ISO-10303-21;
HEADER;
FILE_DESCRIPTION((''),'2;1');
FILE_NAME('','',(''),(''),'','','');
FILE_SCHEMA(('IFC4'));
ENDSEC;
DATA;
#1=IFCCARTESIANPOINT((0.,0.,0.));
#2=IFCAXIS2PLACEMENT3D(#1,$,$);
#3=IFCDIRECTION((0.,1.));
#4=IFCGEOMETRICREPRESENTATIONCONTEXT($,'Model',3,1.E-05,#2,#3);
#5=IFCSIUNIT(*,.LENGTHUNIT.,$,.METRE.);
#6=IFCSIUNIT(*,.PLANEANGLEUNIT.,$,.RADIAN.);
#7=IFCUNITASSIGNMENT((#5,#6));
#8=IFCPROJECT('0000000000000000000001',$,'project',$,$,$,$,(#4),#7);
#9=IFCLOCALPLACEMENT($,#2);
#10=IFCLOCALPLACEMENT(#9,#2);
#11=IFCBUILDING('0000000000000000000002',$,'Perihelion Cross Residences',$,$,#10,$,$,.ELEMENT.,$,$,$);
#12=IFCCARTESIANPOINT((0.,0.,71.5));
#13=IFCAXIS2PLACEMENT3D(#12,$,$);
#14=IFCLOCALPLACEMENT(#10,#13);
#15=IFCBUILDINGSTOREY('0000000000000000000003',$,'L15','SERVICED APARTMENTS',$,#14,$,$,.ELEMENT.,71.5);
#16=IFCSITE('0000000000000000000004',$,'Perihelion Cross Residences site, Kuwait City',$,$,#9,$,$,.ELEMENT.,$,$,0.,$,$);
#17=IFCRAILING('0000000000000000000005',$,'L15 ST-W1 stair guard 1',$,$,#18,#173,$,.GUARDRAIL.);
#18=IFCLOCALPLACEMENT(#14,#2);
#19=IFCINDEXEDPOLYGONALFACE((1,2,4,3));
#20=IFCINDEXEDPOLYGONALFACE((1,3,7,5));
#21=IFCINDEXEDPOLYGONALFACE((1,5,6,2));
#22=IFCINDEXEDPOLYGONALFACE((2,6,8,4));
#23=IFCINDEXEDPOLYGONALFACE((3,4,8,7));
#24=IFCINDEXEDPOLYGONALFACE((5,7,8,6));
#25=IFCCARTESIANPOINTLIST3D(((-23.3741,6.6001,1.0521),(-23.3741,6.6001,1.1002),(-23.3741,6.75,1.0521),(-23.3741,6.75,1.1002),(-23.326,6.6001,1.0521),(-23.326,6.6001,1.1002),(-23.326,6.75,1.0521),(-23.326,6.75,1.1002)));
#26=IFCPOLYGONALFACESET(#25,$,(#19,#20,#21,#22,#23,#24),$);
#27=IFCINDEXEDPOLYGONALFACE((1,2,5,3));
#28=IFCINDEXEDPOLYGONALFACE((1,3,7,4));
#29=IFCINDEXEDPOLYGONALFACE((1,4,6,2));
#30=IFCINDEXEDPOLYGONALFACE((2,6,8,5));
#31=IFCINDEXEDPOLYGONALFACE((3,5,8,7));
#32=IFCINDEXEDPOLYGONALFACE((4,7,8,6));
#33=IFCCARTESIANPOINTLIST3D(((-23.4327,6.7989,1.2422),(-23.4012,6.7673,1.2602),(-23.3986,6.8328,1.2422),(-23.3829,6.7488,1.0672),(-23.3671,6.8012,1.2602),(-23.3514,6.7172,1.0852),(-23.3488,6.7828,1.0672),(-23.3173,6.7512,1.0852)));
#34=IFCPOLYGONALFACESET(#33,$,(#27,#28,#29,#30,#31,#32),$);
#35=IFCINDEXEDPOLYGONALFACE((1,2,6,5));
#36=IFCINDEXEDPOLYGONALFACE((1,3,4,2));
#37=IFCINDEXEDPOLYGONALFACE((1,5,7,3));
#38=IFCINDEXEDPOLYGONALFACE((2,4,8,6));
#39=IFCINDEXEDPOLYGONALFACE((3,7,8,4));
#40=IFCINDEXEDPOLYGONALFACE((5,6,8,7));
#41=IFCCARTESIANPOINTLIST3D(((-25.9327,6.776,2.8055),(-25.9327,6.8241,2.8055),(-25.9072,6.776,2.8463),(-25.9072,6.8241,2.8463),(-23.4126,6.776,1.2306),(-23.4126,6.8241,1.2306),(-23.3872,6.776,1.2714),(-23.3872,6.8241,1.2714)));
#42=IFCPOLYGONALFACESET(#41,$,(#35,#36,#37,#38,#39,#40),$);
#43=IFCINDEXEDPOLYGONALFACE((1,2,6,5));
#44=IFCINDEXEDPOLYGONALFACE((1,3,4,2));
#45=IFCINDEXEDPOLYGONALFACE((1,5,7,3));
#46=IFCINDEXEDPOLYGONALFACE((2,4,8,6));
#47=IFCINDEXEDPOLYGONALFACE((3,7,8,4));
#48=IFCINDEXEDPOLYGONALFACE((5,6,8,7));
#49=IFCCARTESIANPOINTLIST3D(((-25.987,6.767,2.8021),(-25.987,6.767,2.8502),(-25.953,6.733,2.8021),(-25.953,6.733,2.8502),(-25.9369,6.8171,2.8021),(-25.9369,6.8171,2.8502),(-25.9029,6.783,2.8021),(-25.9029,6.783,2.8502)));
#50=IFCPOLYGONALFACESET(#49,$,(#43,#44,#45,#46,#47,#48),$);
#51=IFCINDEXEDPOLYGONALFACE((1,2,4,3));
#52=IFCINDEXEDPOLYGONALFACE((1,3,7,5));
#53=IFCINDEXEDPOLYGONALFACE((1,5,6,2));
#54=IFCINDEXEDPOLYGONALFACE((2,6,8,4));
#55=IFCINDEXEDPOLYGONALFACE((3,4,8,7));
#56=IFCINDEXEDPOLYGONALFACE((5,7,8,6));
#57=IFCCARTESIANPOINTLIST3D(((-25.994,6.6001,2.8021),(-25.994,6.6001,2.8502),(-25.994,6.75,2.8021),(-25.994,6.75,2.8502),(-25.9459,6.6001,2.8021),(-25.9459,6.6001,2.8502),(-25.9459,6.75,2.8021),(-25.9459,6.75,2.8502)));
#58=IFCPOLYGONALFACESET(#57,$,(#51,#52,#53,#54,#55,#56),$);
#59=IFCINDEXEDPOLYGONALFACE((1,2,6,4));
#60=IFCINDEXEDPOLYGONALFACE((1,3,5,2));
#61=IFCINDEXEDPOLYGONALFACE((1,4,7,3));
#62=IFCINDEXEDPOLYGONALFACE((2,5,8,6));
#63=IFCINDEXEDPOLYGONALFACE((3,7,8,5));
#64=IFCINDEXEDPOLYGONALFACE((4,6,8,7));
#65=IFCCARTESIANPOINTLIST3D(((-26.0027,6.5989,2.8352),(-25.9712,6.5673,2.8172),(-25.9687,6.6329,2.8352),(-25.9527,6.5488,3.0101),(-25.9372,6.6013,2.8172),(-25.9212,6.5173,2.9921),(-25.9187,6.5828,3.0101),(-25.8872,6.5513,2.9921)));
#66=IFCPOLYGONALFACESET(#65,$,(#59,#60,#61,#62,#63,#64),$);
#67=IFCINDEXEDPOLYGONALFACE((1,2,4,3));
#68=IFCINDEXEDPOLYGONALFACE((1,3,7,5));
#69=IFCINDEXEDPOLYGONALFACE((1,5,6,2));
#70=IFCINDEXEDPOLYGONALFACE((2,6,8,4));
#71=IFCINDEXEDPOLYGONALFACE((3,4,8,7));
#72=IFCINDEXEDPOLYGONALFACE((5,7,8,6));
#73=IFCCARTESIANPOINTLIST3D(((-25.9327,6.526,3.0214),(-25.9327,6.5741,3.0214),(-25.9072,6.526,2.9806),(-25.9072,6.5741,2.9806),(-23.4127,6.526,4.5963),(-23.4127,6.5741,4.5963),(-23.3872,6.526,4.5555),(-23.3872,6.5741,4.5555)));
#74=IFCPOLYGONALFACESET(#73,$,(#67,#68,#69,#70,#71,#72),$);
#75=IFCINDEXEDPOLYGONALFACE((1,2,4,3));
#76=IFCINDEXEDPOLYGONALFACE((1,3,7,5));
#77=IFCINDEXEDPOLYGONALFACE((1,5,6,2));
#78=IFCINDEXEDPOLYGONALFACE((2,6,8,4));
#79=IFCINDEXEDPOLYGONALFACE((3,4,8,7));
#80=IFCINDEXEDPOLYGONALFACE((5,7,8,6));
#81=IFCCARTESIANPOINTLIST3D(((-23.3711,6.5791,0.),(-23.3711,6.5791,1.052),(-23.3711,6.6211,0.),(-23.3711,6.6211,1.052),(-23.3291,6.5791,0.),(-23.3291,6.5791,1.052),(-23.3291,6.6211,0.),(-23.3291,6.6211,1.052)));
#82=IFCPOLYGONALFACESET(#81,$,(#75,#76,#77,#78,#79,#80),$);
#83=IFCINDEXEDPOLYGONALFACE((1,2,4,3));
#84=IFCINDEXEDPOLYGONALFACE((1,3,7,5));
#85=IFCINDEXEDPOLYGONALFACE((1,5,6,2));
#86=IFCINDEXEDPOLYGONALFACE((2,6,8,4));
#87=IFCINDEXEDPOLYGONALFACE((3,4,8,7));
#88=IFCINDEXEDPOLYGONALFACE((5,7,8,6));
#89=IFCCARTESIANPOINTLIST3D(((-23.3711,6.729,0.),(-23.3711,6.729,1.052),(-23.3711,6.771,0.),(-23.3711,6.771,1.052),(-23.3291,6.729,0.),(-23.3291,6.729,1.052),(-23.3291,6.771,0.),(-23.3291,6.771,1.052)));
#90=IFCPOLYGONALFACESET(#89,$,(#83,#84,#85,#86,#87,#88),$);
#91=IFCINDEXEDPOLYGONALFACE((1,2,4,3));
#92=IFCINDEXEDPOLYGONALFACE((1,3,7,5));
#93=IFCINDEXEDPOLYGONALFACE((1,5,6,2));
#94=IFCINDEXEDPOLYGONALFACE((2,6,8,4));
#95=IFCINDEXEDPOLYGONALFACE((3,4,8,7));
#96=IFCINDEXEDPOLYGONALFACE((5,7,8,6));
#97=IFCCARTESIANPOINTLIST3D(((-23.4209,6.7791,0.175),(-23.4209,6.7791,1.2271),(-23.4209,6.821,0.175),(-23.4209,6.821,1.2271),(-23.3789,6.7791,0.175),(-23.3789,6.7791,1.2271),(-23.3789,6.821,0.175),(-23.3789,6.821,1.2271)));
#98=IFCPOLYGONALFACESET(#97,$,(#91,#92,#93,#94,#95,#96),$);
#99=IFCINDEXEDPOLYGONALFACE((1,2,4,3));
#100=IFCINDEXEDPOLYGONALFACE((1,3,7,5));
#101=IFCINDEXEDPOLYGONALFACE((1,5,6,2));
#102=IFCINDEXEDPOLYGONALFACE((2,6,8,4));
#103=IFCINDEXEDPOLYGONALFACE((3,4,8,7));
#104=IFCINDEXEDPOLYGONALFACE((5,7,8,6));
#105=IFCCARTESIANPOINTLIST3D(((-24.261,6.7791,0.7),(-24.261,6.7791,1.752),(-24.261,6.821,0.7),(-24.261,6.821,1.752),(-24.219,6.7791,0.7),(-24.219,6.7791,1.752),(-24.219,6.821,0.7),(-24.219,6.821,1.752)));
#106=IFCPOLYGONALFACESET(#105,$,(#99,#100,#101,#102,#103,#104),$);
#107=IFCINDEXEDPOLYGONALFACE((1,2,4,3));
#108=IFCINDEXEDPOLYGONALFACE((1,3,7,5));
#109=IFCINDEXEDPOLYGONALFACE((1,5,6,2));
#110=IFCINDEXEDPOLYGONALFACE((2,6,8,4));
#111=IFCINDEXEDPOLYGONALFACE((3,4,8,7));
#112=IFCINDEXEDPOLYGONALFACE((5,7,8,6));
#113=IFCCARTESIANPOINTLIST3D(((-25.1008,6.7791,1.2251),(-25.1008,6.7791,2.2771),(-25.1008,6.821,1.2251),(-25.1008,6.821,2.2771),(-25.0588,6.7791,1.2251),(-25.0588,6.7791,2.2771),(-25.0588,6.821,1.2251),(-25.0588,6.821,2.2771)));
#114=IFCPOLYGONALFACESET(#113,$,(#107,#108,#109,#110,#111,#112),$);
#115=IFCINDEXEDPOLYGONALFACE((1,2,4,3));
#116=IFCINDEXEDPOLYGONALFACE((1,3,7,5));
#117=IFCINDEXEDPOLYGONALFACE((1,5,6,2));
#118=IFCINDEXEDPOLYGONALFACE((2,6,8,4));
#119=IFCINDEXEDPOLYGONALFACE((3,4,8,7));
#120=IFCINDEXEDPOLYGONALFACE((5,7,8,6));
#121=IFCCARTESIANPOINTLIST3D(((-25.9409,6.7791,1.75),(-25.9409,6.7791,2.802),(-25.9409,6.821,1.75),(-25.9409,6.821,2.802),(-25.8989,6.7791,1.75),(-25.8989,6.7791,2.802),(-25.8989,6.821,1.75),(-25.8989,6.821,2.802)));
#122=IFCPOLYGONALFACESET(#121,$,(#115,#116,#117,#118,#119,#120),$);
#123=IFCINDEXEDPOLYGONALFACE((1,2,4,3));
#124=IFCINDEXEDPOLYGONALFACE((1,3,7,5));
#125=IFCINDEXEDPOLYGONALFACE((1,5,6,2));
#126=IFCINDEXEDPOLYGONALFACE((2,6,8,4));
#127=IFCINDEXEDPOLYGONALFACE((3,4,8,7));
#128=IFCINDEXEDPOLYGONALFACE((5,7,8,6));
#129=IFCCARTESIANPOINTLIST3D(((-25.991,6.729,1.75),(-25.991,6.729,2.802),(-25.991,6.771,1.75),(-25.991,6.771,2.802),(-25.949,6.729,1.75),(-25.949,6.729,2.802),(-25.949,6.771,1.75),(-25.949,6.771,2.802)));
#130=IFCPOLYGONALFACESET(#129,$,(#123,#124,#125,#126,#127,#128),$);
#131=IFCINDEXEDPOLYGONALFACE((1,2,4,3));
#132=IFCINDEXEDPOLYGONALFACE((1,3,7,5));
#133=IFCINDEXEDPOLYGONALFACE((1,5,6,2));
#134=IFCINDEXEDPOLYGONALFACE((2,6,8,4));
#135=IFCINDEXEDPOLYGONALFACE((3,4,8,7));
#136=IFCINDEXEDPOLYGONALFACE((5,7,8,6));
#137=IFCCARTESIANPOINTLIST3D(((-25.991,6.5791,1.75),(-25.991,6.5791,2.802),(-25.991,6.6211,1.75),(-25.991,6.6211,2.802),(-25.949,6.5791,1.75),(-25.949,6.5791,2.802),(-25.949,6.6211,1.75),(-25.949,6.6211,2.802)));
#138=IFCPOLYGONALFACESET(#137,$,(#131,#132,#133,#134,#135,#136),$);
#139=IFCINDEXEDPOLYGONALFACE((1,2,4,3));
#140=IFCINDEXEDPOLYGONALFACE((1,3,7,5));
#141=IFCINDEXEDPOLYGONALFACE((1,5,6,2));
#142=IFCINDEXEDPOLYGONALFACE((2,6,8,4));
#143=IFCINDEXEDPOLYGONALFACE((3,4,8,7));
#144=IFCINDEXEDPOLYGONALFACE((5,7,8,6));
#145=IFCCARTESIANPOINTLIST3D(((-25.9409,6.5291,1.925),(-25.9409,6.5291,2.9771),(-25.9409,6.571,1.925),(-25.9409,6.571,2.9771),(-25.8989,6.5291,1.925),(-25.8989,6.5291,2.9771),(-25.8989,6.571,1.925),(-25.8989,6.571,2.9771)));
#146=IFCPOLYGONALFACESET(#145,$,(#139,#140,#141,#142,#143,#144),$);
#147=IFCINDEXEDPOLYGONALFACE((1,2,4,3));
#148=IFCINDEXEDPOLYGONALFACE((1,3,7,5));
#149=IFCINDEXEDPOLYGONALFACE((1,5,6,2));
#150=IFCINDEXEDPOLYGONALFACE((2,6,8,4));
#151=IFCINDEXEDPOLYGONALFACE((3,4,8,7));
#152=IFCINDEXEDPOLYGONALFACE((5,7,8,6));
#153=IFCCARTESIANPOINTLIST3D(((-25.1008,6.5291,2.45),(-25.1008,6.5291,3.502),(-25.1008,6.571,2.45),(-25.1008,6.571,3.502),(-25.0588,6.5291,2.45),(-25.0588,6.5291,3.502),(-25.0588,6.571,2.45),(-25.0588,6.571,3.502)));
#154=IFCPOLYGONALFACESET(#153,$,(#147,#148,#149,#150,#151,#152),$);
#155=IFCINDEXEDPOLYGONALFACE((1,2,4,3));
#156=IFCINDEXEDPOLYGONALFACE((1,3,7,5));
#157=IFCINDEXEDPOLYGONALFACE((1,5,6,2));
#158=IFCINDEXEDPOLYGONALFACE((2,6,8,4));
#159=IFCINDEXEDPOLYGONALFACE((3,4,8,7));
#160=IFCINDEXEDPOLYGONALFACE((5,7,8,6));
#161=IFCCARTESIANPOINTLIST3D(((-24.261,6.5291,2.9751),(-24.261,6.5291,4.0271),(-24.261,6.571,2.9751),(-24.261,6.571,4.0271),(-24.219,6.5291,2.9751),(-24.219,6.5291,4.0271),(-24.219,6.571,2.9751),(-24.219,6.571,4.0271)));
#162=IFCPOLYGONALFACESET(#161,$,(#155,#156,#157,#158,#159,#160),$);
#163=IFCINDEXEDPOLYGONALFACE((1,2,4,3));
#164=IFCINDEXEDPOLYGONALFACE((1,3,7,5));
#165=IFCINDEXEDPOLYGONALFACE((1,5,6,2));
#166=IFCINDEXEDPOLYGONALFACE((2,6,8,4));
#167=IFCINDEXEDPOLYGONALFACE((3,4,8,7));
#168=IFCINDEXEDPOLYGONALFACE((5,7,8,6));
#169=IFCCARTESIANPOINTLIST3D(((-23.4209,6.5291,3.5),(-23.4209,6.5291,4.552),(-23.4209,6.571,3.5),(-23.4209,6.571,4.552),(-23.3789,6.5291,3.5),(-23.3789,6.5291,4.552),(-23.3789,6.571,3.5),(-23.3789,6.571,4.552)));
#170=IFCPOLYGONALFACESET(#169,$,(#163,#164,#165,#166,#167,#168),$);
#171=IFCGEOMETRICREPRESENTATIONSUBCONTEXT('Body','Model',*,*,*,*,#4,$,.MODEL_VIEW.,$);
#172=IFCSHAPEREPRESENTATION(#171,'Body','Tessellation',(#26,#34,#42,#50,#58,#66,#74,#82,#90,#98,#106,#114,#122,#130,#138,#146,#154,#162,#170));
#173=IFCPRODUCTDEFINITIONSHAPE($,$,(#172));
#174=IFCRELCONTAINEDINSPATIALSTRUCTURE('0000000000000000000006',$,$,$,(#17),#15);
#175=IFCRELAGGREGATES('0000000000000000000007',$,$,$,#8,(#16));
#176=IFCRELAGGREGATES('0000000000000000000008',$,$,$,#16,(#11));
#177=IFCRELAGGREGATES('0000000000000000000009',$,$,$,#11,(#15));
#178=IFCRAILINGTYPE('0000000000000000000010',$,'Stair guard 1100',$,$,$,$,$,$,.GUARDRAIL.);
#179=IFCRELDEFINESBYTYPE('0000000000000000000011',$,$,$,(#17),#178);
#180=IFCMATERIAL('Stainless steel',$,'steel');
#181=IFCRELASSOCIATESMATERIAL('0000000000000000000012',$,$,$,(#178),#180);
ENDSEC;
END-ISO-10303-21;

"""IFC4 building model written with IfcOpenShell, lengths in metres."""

from ifc_helpers import new_model, si_unit, direction, frame, origin, origin_2d, place, context, subcontext, project, spatial, rectangle, extrude, material, type_object, element, save


model = new_model("IFC4")

# Units and contexts
model_context = context("Model", 3, precision=1e-05, world=origin(), true_north=direction((0.0, 1.0)))
body_context = subcontext(model_context, "Body", "Model", "MODEL_VIEW")
ifc_project = project(units=[si_unit("LENGTHUNIT", "METRE"), si_unit("PLANEANGLEUNIT", "RADIAN")], contexts=[model_context])

# Site, building, storey
site_placement = place(None, origin())
site = spatial("IfcSite", under=ifc_project, at=site_placement, Name="Perihelion Cross Residences site, Kuwait City", CompositionType="ELEMENT", RefElevation=0.0)
building_placement = place(site_placement, origin())
building = spatial("IfcBuilding", under=site, at=building_placement, Name="Perihelion Cross Residences", CompositionType="ELEMENT")
storey_placement = place(building_placement, frame((0.0, 0.0, 71.5)))
storey = spatial("IfcBuildingStorey", under=building, at=storey_placement, Name="L15", Description="SERVICED APARTMENTS", CompositionType="ELEMENT", Elevation=71.5)

# Railing
ifc_material_1 = material(Name="Stainless steel", Category="steel")
railing_type_1 = type_object("IfcRailingType", Name="Stair guard 1100", PredefinedType="GUARDRAIL", material=ifc_material_1)
railing_1_placement = place(storey_placement, frame((-23.3501, 6.6001, 0.0)))
element("IfcRailing", 1, at=railing_1_placement, inside=storey, type_object=railing_type_1, Name="L15 ST-W1 stair guard 1", PredefinedType="GUARDRAIL", context=body_context, shape_type="SweptSolid", body=[
    extrude(rectangle(XDim=0.0481, YDim=0.0481, at=origin_2d()), frame((0.0, 0.0, 1.0762), z_axis=(0.0, 1.0, 0.0), x_axis=(-1.0, 0.0, 0.0)), (0.0, 0.0, 1.0), 0.1499),
    extrude(rectangle(XDim=0.0481, YDim=0.0481, at=origin_2d()), frame((0.0, 0.1499, 1.0762), z_axis=(-0.263862, 0.265156, 0.927399), x_axis=(-0.708834, -0.705376, 0.0)), (0.0, 0.0, 1.0), 0.1887),
    extrude(rectangle(XDim=0.0481, YDim=0.0481, at=origin_2d()), frame((-0.0498, 0.2, 1.251), z_axis=(-0.848008, 0.0, 0.529984), x_axis=(0.0, -1.0, 0.0)), (0.0, 0.0, 1.0), 2.9717),
    extrude(rectangle(XDim=0.0481, YDim=0.0481, at=origin_2d()), frame((-2.5698, 0.2, 2.8262), z_axis=(-0.707107, -0.707107, 0.0), x_axis=(0.707107, -0.707107, 0.0)), (0.0, 0.0, 1.0), 0.0708),
    extrude(rectangle(XDim=0.0481, YDim=0.0481, at=origin_2d()), frame((-2.6199, 0.1499, 2.8262), z_axis=(0.0, -1.0, 0.0), x_axis=(1.0, 0.0, 0.0)), (0.0, 0.0, 1.0), 0.1499),
    extrude(rectangle(XDim=0.0481, YDim=0.0481, at=origin_2d()), frame((-2.6199, 0.0, 2.8262), z_axis=(0.265065, -0.265065, 0.927082), x_axis=(0.707107, 0.707107, 0.0)), (0.0, 0.0, 1.0), 0.1887),
    extrude(rectangle(XDim=0.0481, YDim=0.0481, at=origin_2d()), frame((-2.5698, -0.05, 3.001), z_axis=(0.848008, 0.0, 0.529984), x_axis=(0.0, 1.0, 0.0)), (0.0, 0.0, 1.0), 2.9717),
    extrude(rectangle(XDim=0.042, YDim=0.042, at=origin_2d()), origin(), (0.0, 0.0, 1.0), 1.052),
    extrude(rectangle(XDim=0.042, YDim=0.042, at=origin_2d()), frame((0.0, 0.1499, 0.0)), (0.0, 0.0, 1.0), 1.052),
    extrude(rectangle(XDim=0.042, YDim=0.042, at=origin_2d()), frame((-0.0498, 0.2, 0.175)), (0.0, 0.0, 1.0), 1.052),
    extrude(rectangle(XDim=0.042, YDim=0.042, at=origin_2d()), frame((-0.8899, 0.2, 0.7)), (0.0, 0.0, 1.0), 1.052),
    extrude(rectangle(XDim=0.042, YDim=0.042, at=origin_2d()), frame((-1.7297, 0.2, 1.2251)), (0.0, 0.0, 1.0), 1.052),
    extrude(rectangle(XDim=0.042, YDim=0.042, at=origin_2d()), frame((-2.5698, 0.2, 1.75)), (0.0, 0.0, 1.0), 1.052),
    extrude(rectangle(XDim=0.042, YDim=0.042, at=origin_2d()), frame((-2.6199, 0.1499, 1.75)), (0.0, 0.0, 1.0), 1.052),
    extrude(rectangle(XDim=0.042, YDim=0.042, at=origin_2d()), frame((-2.6199, 0.0, 1.75)), (0.0, 0.0, 1.0), 1.052),
    extrude(rectangle(XDim=0.042, YDim=0.042, at=origin_2d()), frame((-2.5698, -0.05, 1.925)), (0.0, 0.0, 1.0), 1.052),
    extrude(rectangle(XDim=0.042, YDim=0.042, at=origin_2d()), frame((-1.7297, -0.05, 2.45)), (0.0, 0.0, 1.0), 1.052),
    extrude(rectangle(XDim=0.042, YDim=0.042, at=origin_2d()), frame((-0.8899, -0.05, 2.9751)), (0.0, 0.0, 1.0), 1.052),
    extrude(rectangle(XDim=0.042, YDim=0.042, at=origin_2d()), frame((-0.0498, -0.05, 3.5)), (0.0, 0.0, 1.0), 1.052),
])

save(model, "model.ifc")
